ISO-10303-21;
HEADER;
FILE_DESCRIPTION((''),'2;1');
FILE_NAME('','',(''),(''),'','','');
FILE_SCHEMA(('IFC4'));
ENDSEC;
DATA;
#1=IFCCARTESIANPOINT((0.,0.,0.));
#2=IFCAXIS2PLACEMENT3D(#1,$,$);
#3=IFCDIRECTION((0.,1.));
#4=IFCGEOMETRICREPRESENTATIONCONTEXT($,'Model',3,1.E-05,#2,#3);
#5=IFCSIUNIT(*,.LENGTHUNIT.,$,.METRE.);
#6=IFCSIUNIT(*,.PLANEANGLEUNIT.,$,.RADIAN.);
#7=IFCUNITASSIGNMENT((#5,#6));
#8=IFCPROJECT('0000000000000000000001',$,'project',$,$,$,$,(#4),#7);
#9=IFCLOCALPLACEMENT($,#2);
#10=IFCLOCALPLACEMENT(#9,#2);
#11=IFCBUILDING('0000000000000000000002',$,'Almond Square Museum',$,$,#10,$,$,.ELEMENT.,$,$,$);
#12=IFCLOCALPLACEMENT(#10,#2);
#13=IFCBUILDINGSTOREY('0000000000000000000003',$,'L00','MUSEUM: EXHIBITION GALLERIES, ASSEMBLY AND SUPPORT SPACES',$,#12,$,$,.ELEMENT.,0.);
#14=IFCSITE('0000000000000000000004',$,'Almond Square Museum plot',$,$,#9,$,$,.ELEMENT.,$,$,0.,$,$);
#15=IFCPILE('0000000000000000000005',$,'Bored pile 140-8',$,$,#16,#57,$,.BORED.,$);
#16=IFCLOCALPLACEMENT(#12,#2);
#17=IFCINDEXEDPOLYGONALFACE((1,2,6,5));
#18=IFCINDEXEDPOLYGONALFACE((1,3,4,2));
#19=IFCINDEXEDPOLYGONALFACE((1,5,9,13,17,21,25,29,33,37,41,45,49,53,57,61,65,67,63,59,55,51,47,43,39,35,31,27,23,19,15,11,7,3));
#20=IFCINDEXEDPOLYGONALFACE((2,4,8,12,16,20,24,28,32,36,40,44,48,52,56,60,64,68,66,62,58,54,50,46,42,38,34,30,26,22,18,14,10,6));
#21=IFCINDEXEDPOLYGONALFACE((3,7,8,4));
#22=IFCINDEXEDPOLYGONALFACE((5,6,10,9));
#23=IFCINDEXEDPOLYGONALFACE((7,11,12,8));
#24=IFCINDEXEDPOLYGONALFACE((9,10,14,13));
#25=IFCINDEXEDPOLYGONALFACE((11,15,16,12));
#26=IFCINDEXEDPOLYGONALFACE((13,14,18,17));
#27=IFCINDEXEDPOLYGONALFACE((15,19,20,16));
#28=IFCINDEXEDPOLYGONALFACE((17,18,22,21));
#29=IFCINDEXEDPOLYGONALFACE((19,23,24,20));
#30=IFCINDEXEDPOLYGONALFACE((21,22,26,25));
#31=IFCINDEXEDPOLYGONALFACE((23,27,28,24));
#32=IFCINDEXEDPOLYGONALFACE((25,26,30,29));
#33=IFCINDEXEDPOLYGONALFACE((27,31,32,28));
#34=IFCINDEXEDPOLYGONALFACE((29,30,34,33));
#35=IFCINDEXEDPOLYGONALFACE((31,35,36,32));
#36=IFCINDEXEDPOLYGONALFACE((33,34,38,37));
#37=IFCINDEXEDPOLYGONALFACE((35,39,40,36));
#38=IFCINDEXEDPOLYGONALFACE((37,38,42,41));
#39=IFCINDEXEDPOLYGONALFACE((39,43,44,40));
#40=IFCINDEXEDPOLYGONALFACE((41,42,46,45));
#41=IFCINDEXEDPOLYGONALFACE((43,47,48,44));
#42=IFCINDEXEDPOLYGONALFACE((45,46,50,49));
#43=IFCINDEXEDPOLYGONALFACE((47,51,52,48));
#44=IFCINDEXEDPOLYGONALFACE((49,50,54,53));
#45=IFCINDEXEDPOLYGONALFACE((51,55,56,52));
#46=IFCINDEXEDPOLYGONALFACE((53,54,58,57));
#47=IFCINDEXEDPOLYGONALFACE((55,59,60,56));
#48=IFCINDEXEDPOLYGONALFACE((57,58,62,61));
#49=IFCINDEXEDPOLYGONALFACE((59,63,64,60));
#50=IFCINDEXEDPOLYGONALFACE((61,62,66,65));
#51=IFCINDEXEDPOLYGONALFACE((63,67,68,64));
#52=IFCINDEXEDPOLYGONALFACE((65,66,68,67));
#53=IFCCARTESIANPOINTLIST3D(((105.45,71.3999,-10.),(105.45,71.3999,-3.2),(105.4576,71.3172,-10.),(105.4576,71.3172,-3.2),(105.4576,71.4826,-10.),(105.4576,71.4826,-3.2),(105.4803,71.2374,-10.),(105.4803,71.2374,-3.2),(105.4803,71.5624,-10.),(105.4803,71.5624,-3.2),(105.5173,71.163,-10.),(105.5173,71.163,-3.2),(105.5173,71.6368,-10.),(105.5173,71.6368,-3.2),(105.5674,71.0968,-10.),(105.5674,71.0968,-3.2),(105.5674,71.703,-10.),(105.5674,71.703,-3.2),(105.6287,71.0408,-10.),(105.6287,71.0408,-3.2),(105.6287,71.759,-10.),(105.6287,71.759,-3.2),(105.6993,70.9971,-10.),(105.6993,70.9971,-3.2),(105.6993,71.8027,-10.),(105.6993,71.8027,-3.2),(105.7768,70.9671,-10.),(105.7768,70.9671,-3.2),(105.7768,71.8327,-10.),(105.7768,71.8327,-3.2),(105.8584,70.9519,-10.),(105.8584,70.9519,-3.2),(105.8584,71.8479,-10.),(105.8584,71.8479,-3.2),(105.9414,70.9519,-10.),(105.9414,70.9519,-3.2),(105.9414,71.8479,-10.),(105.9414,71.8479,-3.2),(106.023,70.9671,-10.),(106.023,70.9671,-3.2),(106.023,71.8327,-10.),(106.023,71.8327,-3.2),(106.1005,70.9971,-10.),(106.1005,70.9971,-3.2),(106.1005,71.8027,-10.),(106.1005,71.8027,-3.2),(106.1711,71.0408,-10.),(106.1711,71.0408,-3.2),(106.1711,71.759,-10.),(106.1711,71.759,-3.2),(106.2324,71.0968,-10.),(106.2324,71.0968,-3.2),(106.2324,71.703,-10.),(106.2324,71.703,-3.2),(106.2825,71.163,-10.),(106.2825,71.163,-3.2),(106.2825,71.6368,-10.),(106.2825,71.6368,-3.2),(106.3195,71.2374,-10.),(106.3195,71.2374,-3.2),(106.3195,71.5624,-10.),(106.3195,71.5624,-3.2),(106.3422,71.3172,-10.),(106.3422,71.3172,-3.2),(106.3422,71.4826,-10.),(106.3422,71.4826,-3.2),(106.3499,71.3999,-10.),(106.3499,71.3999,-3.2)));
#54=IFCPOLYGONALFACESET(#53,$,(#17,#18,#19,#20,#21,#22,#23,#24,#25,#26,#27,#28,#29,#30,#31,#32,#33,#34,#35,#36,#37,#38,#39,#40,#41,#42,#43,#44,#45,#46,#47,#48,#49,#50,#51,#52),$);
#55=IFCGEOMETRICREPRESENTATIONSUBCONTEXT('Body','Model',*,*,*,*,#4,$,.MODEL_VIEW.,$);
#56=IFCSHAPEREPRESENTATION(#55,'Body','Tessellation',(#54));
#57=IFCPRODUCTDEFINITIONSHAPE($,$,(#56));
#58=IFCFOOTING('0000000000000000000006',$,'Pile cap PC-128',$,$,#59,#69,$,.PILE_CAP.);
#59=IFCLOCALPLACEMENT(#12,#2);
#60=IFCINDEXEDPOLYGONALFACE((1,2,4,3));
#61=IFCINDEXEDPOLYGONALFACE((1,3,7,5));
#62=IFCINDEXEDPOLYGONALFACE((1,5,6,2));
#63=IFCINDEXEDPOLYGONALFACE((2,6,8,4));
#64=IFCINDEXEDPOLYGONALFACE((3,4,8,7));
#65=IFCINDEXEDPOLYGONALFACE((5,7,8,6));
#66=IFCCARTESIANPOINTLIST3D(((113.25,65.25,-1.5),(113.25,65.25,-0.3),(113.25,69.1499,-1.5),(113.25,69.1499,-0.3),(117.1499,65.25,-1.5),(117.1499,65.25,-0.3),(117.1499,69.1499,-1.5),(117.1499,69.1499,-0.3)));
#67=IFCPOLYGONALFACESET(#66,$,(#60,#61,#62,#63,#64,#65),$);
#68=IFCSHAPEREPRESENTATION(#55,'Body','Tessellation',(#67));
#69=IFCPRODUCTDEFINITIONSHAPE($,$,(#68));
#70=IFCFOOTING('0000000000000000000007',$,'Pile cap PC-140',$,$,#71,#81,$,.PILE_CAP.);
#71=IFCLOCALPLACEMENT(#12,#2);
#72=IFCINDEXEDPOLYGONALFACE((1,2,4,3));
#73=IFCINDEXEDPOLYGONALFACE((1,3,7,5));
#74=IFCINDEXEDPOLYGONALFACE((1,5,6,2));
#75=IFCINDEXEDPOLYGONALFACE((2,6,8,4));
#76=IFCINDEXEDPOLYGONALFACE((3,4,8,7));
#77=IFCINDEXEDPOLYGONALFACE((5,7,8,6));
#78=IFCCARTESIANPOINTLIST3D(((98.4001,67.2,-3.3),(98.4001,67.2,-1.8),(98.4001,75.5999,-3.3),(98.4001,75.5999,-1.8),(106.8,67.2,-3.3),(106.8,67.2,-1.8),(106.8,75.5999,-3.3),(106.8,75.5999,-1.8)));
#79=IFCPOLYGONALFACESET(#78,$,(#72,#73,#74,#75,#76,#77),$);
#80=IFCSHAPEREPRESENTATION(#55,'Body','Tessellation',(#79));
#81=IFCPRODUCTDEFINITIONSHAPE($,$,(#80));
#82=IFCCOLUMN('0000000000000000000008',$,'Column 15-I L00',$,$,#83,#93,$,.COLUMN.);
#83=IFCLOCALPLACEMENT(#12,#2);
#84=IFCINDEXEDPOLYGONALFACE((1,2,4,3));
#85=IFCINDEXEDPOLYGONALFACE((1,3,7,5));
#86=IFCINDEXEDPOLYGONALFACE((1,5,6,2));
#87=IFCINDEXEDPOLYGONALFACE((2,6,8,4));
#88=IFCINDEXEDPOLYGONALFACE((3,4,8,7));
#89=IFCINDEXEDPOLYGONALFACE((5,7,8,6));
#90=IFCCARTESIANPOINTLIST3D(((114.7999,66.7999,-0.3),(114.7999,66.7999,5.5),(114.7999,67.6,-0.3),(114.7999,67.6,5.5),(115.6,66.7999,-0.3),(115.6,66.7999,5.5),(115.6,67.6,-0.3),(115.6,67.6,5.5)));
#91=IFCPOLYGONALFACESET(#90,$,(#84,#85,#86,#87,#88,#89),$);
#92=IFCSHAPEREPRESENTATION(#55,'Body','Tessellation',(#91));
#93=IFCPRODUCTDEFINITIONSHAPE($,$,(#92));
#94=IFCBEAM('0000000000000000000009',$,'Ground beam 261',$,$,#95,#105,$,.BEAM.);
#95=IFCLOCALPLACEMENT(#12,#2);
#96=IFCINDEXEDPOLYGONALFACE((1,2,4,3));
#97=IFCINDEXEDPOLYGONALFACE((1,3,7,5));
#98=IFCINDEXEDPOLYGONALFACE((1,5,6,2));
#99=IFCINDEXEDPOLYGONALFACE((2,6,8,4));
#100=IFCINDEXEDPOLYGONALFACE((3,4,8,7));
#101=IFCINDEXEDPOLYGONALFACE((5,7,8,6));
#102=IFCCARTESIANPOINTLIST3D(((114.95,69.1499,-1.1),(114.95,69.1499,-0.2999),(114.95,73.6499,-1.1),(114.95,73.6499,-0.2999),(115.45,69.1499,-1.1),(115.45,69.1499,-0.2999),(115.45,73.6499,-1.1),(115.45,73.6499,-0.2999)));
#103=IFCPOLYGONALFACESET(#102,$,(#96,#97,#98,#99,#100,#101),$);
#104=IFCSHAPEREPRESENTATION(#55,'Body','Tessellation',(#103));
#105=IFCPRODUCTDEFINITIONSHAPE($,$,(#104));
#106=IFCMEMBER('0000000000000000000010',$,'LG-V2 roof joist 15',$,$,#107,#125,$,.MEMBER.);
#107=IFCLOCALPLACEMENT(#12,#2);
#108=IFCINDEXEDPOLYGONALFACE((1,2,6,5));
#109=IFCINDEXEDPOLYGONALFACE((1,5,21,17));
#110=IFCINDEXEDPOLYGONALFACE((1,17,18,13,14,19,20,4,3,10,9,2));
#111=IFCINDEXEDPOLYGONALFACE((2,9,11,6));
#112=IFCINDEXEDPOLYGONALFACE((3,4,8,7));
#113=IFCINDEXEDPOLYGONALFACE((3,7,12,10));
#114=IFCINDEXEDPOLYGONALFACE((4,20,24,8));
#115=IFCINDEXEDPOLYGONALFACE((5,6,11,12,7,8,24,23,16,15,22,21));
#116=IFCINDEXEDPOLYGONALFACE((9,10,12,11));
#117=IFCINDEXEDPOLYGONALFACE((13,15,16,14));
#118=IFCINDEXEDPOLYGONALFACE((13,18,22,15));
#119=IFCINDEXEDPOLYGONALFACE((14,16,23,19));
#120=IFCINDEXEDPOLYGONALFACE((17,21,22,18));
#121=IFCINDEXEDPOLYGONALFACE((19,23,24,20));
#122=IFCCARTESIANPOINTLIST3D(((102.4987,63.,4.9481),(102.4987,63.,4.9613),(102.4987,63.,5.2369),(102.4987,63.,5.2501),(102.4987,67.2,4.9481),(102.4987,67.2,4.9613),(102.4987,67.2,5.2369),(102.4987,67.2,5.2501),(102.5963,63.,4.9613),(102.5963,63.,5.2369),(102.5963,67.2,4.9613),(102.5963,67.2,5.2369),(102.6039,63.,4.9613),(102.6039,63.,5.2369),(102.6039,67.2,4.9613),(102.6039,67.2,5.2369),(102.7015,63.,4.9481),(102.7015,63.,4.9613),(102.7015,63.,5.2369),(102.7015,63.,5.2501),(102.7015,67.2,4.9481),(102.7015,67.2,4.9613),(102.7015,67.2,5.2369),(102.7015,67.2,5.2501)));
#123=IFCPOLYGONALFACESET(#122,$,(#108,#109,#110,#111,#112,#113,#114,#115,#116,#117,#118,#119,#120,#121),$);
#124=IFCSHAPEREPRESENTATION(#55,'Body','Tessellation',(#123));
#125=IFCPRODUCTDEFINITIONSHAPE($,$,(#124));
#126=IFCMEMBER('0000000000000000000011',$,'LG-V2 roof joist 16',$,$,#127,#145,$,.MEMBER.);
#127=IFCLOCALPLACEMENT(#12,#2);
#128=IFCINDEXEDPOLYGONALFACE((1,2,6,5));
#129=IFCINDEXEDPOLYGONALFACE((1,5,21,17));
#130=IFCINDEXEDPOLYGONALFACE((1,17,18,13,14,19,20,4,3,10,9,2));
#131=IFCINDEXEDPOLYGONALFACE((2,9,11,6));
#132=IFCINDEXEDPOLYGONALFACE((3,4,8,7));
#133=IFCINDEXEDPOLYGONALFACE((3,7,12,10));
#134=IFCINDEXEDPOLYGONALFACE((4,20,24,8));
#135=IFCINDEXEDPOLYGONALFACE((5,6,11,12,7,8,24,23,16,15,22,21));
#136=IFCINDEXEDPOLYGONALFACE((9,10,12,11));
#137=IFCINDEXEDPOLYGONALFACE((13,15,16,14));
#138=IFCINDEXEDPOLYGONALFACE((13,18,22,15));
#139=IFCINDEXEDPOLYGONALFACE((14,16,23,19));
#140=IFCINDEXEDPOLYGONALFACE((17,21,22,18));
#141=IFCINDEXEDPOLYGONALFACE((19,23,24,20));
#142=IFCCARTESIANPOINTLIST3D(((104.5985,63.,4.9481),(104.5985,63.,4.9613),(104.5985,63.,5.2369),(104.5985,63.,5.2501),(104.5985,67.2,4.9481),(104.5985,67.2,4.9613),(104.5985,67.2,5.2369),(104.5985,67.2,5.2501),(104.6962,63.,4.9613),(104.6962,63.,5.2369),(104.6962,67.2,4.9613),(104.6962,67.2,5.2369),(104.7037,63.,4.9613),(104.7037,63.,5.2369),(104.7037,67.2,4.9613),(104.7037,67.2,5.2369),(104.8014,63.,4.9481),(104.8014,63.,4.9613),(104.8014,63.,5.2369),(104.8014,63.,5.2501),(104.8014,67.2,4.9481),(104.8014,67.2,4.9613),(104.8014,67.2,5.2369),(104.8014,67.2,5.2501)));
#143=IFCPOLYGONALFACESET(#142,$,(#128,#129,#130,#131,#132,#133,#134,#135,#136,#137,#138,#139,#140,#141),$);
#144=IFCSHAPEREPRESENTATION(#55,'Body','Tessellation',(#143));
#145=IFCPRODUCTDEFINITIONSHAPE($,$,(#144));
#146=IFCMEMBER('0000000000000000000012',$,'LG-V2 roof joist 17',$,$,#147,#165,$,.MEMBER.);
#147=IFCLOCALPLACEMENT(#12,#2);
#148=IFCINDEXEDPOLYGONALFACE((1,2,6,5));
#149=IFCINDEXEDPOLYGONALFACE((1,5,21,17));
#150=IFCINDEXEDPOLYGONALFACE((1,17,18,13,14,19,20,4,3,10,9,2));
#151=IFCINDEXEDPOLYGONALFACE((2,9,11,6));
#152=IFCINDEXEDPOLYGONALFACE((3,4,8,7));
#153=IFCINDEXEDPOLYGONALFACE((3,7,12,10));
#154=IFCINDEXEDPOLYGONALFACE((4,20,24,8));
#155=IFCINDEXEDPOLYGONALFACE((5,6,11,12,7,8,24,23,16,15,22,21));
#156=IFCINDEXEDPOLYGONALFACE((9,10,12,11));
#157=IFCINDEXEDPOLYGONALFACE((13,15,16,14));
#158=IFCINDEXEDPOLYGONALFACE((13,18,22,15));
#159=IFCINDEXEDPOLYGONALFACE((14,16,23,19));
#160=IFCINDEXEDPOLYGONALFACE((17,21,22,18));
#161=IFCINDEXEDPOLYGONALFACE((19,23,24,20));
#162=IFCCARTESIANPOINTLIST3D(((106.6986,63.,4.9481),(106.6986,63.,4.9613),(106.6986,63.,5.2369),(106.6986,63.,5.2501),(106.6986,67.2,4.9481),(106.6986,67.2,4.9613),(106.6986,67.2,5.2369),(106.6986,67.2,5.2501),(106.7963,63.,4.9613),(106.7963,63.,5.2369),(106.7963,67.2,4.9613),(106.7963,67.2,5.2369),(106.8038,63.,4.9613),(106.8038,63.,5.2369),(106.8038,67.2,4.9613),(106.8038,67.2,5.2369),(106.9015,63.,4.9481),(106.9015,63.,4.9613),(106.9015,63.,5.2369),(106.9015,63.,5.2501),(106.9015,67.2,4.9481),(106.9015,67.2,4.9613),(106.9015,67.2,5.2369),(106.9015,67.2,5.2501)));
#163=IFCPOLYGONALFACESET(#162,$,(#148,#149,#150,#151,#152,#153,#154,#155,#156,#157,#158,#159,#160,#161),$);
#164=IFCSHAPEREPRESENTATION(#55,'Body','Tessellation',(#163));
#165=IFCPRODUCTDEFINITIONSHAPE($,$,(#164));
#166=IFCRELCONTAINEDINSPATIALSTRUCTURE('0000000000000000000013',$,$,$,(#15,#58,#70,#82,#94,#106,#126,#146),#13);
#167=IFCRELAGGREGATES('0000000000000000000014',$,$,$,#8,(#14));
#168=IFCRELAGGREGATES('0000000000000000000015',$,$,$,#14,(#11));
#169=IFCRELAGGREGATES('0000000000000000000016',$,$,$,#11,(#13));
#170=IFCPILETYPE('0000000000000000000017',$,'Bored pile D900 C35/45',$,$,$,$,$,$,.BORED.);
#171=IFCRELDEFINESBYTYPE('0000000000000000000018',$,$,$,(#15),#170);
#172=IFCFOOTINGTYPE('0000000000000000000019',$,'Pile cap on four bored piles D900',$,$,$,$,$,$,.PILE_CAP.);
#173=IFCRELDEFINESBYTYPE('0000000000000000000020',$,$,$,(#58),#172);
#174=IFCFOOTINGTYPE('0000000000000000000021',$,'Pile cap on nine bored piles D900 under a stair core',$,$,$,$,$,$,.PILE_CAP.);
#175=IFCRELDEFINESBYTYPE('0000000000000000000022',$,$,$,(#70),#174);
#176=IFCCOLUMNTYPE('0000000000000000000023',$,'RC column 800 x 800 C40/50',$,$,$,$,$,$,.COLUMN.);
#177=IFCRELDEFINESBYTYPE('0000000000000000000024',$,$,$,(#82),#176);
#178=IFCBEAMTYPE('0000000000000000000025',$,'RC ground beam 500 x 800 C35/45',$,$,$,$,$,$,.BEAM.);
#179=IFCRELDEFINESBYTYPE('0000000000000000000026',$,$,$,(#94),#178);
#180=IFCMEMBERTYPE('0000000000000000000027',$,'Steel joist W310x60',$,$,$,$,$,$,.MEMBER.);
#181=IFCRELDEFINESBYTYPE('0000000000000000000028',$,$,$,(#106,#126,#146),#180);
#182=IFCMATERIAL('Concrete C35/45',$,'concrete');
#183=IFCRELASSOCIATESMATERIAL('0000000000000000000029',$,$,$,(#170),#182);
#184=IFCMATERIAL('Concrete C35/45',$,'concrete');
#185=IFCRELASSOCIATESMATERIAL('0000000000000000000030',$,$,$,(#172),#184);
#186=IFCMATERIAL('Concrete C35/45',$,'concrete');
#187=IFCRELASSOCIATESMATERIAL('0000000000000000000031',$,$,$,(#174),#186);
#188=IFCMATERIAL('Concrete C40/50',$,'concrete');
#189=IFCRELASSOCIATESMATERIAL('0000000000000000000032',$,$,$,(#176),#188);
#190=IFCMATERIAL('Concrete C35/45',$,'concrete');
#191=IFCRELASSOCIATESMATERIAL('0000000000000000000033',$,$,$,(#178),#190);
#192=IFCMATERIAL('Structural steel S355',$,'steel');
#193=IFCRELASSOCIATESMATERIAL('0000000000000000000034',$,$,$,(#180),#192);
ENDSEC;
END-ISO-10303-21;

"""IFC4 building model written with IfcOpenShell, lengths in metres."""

from ifc_helpers import new_model, si_unit, direction, frame, origin, origin_2d, place, context, subcontext, project, spatial, rectangle, circle, i_section, extrude, material, material_profile, profile_set, type_object, element, save


model = new_model("IFC4")

# Units and contexts
model_context = context("Model", 3, precision=1e-05, world=origin(), true_north=direction((0.0, 1.0)))
body_context = subcontext(model_context, "Body", "Model", "MODEL_VIEW")
ifc_project = project(units=[si_unit("LENGTHUNIT", "METRE"), si_unit("PLANEANGLEUNIT", "RADIAN")], contexts=[model_context])

# Site, building, storey
site_placement = place(None, origin())
site = spatial("IfcSite", under=ifc_project, at=site_placement, Name="Almond Square Museum plot", CompositionType="ELEMENT", RefElevation=0.0)
building_placement = place(site_placement, origin())
building = spatial("IfcBuilding", under=site, at=building_placement, Name="Almond Square Museum", CompositionType="ELEMENT")
storey_placement = place(building_placement, origin())
storey = spatial("IfcBuildingStorey", under=building, at=storey_placement, Name="L00", Description="MUSEUM: EXHIBITION GALLERIES, ASSEMBLY AND SUPPORT SPACES", CompositionType="ELEMENT", Elevation=0.0)

# Pile
ifc_material_1 = material(Name="Concrete C35/45", Category="concrete")
ifc_material_profile_1 = material_profile(ifc_material_1, circle(Radius=0.45, at=origin_2d()))
ifc_profile_set_1 = profile_set([ifc_material_profile_1], Name="Concrete C35/45")
pile_type = type_object("IfcPileType", Name="Bored pile D900 C35/45", PredefinedType="BORED", material=ifc_profile_set_1)
for number, where, z_axis, x_axis, name in (
    (1, (105.8999, 71.3999, -3.2), (0.0, 0.0, -1.0), (1.0, 0.0, 0.0), "Bored pile 140-8"),
):
    element("IfcPile", number, at=place(storey_placement, frame(where, z_axis=z_axis, x_axis=x_axis)), inside=storey, type_object=pile_type, Name=name, PredefinedType="BORED", context=body_context, shape_type="SweptSolid", body=[
        extrude(circle(Radius=0.45, at=origin_2d()), origin(), (0.0, 0.0, 1.0), 6.8),
    ])

# Footings
ifc_material_2 = material(Name="Concrete C35/45", Category="concrete")
footing_type_1 = type_object("IfcFootingType", Name="Pile cap on four bored piles D900", PredefinedType="PILE_CAP", material=ifc_material_2)
footing_1_placement = place(storey_placement, frame((115.2, 67.2, -1.5), z_axis=(0.0, 0.0, 1.0), x_axis=(1.0, 0.0, 0.0)))
element("IfcFooting", 2, at=footing_1_placement, inside=storey, type_object=footing_type_1, Name="Pile cap PC-128", PredefinedType="PILE_CAP", context=body_context, shape_type="SweptSolid", body=[
    extrude(rectangle(XDim=3.8999, YDim=3.8999, at=origin_2d()), origin(), (0.0, 0.0, 1.0), 1.2),
])
ifc_material_3 = material(Name="Concrete C35/45", Category="concrete")
footing_type_2 = type_object("IfcFootingType", Name="Pile cap on nine bored piles D900 under a stair core", PredefinedType="PILE_CAP", material=ifc_material_3)
footing_2_placement = place(storey_placement, frame((102.6001, 71.3999, -3.3), z_axis=(0.0, 0.0, 1.0), x_axis=(1.0, 0.0, 0.0)))
element("IfcFooting", 3, at=footing_2_placement, inside=storey, type_object=footing_type_2, Name="Pile cap PC-140", PredefinedType="PILE_CAP", context=body_context, shape_type="SweptSolid", body=[
    extrude(rectangle(XDim=8.3999, YDim=8.3999, at=origin_2d()), origin(), (0.0, 0.0, 1.0), 1.5),
])

# Column
ifc_material_4 = material(Name="Concrete C40/50", Category="concrete")
ifc_material_profile_2 = material_profile(ifc_material_4, rectangle(XDim=0.8, YDim=0.8, at=origin_2d()))
ifc_profile_set_2 = profile_set([ifc_material_profile_2], Name="Concrete C40/50")
column_type = type_object("IfcColumnType", Name="RC column 800 x 800 C40/50", PredefinedType="COLUMN", material=ifc_profile_set_2)
column_placement = place(storey_placement, frame((115.2, 67.2, -0.3), z_axis=(0.0, 0.0, 1.0), x_axis=(1.0, 0.0, 0.0)))
element("IfcColumn", 4, at=column_placement, inside=storey, type_object=column_type, Name="Column 15-I L00", PredefinedType="COLUMN", context=body_context, shape_type="SweptSolid", body=[
    extrude(rectangle(XDim=0.8, YDim=0.8, at=origin_2d()), origin(), (0.0, 0.0, 1.0), 5.8),
])

# Beam
ifc_material_5 = material(Name="Concrete C35/45", Category="concrete")
ifc_material_profile_3 = material_profile(ifc_material_5, rectangle(XDim=0.5, YDim=0.8, at=origin_2d()))
ifc_profile_set_3 = profile_set([ifc_material_profile_3], Name="Concrete C35/45")
beam_type = type_object("IfcBeamType", Name="RC ground beam 500 x 800 C35/45", PredefinedType="BEAM", material=ifc_profile_set_3)
beam_placement = place(storey_placement, frame((115.2, 69.1499, -0.7), z_axis=(0.0, 1.0, 0.0), x_axis=(-1.0, 0.0, 0.0)))
element("IfcBeam", 5, at=beam_placement, inside=storey, type_object=beam_type, Name="Ground beam 261", PredefinedType="BEAM", context=body_context, shape_type="SweptSolid", body=[
    extrude(rectangle(XDim=0.5, YDim=0.8, at=origin_2d()), origin(), (0.0, 0.0, 1.0), 4.5),
])

# Members
ifc_material_6 = material(Name="Structural steel S355", Category="steel")
ifc_material_profile_4 = material_profile(ifc_material_6, i_section(OverallWidth=0.2029, OverallDepth=0.302, WebThickness=0.0076, FlangeThickness=0.0132, at=origin_2d()))
ifc_profile_set_4 = profile_set([ifc_material_profile_4], Name="Structural steel S355")
member_type = type_object("IfcMemberType", Name="Steel joist W310x60", PredefinedType="MEMBER", material=ifc_profile_set_4)
for number, where, z_axis, x_axis, name in (
    (6, (102.6001, 67.2, 5.0991), (0.0, -1.0, 0.0), (1.0, 0.0, 0.0), "LG-V2 roof joist 15"),
    (7, (104.7, 67.2, 5.0991), (0.0, -1.0, 0.0), (1.0, 0.0, 0.0), "LG-V2 roof joist 16"),
    (8, (106.8, 67.2, 5.0991), (0.0, -1.0, 0.0), (1.0, 0.0, 0.0), "LG-V2 roof joist 17"),
):
    element("IfcMember", number, at=place(storey_placement, frame(where, z_axis=z_axis, x_axis=x_axis)), inside=storey, type_object=member_type, Name=name, PredefinedType="MEMBER", context=body_context, shape_type="SweptSolid", body=[
        extrude(i_section(OverallWidth=0.2029, OverallDepth=0.302, WebThickness=0.0076, FlangeThickness=0.0132, at=origin_2d()), origin(), (0.0, 0.0, 1.0), 4.2),
    ])

save(model, "model.ifc")
